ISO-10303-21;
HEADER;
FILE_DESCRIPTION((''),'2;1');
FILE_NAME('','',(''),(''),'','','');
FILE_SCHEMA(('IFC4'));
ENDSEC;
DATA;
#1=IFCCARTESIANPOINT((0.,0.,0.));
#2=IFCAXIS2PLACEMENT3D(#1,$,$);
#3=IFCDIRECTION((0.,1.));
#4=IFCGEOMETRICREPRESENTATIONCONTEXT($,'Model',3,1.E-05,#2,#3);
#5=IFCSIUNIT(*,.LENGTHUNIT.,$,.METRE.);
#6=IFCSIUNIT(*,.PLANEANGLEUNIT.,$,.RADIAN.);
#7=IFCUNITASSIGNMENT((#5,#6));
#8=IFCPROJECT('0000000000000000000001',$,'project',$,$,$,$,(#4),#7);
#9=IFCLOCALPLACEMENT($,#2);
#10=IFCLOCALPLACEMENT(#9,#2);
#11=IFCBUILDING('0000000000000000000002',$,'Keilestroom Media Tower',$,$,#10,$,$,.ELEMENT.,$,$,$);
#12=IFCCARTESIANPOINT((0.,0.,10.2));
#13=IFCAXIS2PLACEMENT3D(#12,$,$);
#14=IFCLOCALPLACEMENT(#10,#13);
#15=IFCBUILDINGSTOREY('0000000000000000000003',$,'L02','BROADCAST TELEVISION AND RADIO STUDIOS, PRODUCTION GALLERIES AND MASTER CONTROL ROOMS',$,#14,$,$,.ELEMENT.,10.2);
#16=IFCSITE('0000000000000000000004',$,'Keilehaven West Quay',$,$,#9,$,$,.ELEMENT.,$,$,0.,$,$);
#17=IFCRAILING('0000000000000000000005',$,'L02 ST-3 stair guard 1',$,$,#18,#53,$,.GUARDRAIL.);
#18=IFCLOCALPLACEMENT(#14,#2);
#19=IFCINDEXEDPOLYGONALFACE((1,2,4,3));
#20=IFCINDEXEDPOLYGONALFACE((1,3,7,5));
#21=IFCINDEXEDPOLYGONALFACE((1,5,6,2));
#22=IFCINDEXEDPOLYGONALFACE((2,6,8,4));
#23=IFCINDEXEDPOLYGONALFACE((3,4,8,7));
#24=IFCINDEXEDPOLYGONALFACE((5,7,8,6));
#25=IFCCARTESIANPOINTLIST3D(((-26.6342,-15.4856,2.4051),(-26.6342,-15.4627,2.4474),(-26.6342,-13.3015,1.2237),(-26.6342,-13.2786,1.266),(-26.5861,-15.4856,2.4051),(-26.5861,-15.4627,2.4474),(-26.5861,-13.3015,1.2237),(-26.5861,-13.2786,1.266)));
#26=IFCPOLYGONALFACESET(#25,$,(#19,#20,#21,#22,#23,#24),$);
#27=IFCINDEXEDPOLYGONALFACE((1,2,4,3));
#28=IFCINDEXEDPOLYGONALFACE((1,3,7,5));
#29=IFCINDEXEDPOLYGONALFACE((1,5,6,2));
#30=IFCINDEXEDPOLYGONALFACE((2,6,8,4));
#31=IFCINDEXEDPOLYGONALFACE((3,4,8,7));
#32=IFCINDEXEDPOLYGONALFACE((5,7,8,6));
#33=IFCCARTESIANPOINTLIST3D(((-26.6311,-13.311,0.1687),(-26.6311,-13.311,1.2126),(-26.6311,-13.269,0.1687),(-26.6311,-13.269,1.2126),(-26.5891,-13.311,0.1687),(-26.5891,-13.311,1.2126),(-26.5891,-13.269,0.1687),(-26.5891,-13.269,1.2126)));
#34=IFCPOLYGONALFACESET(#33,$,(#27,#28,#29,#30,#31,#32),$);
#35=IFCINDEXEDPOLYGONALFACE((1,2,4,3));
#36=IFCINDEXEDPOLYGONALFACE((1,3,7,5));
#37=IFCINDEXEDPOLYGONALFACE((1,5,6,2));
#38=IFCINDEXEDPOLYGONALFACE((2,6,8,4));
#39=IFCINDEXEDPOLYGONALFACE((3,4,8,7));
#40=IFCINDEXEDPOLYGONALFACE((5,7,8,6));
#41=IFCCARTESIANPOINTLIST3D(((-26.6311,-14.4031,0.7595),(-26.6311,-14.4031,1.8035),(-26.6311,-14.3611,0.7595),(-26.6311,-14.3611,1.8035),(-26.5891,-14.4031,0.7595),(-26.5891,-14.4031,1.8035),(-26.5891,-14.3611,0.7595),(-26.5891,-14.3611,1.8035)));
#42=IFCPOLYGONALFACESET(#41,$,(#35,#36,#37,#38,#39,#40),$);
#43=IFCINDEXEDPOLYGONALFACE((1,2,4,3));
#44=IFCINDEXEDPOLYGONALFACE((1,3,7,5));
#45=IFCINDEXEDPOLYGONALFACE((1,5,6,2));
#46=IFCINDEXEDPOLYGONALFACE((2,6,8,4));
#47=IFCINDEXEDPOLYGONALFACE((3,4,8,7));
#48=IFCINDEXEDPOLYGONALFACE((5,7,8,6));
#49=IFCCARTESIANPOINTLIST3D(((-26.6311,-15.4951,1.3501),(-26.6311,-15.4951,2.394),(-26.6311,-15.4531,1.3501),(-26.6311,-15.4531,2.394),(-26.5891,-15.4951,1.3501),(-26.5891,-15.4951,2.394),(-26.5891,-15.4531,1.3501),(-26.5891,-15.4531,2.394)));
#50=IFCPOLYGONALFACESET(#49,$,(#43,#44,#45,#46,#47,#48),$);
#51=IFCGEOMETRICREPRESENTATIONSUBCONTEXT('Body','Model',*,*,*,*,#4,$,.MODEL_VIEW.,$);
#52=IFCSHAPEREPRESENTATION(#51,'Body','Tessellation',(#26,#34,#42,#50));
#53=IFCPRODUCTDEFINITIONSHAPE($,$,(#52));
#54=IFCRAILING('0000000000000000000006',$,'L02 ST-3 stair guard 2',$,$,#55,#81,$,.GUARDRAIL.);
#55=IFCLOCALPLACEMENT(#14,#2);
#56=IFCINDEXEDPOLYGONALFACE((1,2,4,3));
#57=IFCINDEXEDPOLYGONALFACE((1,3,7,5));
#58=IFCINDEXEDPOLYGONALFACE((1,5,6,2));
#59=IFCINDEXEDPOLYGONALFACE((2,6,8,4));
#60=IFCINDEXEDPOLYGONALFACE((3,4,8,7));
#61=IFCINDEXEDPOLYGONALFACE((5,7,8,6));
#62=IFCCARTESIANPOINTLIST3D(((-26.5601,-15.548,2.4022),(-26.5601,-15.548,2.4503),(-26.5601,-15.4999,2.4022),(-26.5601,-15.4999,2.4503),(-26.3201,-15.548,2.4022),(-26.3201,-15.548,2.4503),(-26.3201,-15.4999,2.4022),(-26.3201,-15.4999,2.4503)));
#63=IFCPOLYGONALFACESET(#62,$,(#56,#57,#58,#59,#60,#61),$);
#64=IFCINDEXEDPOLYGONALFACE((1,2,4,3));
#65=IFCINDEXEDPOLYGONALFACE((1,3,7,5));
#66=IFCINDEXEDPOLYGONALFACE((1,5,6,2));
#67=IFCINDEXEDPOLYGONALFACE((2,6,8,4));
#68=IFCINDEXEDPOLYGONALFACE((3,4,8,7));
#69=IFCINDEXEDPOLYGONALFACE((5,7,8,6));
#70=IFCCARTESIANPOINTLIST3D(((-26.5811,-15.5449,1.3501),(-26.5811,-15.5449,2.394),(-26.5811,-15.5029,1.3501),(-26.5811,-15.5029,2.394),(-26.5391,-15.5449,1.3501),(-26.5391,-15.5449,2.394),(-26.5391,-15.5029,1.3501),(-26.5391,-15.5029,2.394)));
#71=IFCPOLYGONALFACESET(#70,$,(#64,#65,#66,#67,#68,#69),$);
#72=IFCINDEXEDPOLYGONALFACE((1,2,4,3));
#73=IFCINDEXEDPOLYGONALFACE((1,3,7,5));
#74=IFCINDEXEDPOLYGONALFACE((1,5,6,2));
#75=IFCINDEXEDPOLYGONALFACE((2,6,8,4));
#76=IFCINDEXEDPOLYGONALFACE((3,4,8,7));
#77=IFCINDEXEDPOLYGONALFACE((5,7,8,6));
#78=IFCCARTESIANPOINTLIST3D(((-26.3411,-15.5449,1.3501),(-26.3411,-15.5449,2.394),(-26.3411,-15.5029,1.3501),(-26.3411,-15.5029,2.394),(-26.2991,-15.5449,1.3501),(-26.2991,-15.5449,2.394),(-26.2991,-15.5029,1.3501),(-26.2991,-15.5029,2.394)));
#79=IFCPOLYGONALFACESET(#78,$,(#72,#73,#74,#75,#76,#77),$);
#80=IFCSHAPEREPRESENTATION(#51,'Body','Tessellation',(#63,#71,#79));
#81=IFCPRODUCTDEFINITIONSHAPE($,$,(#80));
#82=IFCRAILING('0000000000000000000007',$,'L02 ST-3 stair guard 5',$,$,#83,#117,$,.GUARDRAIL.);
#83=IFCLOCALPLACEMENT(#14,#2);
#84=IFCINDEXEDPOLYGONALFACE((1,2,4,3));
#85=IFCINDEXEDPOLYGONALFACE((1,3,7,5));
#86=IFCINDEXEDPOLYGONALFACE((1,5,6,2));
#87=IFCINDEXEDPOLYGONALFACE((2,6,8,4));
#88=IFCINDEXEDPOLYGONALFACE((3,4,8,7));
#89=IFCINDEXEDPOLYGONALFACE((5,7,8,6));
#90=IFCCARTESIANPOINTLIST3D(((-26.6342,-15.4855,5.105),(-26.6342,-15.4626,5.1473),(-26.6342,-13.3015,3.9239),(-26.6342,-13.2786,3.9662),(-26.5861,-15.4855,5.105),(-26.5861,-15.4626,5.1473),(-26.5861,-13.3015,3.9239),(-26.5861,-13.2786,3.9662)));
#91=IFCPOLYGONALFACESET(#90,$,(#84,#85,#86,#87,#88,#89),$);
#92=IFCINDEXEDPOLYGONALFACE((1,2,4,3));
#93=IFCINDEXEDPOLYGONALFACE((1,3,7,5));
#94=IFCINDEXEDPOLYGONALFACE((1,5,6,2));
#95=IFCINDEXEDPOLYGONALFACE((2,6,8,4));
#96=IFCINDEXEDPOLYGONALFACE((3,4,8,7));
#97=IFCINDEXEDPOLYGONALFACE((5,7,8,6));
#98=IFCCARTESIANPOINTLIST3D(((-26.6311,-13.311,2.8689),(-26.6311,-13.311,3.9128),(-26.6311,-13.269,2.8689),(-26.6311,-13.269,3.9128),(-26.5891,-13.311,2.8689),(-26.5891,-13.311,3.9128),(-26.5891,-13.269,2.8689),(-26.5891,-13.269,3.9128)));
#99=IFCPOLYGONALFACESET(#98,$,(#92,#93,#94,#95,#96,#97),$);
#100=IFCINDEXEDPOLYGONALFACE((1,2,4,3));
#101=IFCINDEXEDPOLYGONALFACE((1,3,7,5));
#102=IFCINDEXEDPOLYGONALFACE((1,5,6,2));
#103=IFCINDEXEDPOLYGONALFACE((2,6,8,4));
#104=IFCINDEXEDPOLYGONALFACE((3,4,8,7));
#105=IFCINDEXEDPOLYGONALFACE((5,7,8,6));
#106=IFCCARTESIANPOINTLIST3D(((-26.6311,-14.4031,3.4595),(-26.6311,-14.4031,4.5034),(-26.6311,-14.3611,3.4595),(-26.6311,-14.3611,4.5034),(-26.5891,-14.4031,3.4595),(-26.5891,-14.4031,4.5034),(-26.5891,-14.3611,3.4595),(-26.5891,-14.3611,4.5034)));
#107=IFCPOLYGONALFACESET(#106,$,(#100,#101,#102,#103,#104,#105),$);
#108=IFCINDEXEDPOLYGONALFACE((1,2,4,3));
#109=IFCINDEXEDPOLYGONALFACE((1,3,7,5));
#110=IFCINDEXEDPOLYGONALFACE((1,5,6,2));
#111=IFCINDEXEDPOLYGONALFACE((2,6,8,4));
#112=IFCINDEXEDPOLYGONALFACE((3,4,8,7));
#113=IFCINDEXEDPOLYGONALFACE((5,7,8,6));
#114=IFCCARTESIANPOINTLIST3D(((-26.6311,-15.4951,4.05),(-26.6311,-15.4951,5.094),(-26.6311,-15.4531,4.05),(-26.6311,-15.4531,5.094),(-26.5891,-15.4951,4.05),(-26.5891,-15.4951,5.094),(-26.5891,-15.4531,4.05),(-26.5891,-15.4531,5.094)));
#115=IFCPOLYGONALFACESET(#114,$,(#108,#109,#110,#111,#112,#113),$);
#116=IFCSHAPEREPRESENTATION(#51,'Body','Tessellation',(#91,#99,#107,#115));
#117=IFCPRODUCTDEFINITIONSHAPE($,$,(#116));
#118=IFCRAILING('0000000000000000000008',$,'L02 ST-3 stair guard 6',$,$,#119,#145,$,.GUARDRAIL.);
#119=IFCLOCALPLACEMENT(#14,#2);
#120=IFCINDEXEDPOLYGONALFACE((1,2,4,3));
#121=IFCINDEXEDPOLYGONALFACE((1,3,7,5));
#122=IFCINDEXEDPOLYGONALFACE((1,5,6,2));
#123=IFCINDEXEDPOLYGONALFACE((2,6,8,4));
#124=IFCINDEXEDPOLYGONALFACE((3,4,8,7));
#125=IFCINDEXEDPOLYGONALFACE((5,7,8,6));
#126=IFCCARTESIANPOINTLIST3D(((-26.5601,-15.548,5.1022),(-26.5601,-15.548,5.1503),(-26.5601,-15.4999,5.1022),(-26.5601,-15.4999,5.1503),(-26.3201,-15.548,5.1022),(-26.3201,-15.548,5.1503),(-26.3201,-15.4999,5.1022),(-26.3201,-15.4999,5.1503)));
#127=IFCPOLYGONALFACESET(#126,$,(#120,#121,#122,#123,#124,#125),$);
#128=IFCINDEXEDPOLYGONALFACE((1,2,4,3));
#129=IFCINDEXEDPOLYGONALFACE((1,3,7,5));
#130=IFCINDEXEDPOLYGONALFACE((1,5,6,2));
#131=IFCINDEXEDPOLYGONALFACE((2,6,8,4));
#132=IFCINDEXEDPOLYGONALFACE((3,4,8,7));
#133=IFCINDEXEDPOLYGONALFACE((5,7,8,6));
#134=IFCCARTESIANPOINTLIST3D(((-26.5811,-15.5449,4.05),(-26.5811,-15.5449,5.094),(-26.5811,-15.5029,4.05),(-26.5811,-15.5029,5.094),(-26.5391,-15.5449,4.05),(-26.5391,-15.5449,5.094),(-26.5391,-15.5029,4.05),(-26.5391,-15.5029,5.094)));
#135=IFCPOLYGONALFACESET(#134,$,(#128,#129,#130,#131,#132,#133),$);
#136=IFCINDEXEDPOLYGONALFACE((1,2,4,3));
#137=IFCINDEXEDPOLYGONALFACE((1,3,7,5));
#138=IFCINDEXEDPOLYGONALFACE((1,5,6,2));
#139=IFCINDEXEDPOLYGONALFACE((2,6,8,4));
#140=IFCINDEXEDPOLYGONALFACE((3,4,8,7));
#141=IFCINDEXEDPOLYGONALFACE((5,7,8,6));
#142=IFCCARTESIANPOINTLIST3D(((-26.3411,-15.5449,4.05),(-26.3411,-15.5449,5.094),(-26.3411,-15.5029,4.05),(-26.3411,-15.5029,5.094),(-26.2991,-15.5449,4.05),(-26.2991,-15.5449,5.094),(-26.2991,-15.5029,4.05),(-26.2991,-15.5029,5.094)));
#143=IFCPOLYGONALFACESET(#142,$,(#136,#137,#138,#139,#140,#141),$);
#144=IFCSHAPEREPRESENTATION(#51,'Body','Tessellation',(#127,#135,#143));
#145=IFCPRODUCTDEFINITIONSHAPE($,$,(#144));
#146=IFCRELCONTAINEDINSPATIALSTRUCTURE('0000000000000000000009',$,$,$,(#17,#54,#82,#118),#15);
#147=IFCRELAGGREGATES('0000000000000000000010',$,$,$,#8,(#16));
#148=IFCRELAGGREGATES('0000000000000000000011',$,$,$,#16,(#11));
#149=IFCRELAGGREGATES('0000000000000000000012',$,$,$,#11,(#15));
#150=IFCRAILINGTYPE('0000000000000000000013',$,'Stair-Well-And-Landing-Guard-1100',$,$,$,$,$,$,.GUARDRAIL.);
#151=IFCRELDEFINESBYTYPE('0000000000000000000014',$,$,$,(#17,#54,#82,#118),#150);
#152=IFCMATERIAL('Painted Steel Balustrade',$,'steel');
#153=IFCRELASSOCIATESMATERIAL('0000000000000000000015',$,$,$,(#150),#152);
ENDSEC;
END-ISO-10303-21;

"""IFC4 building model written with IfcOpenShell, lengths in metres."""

from ifc_helpers import new_model, si_unit, direction, frame, origin, origin_2d, place, context, subcontext, project, spatial, rectangle, extrude, material, type_object, element, save


model = new_model("IFC4")

# Units and contexts
model_context = context("Model", 3, precision=1e-05, world=origin(), true_north=direction((0.0, 1.0)))
body_context = subcontext(model_context, "Body", "Model", "MODEL_VIEW")
ifc_project = project(units=[si_unit("LENGTHUNIT", "METRE"), si_unit("PLANEANGLEUNIT", "RADIAN")], contexts=[model_context])

# Site, building, storey
site_placement = place(None, origin())
site = spatial("IfcSite", under=ifc_project, at=site_placement, Name="Keilehaven West Quay", CompositionType="ELEMENT", RefElevation=0.0)
building_placement = place(site_placement, origin())
building = spatial("IfcBuilding", under=site, at=building_placement, Name="Keilestroom Media Tower", CompositionType="ELEMENT")
storey_placement = place(building_placement, frame((0.0, 0.0, 10.2)))
storey = spatial("IfcBuildingStorey", under=building, at=storey_placement, Name="L02", Description="BROADCAST TELEVISION AND RADIO STUDIOS, PRODUCTION GALLERIES AND MASTER CONTROL ROOMS", CompositionType="ELEMENT", Elevation=10.2)

# Railings
ifc_material_1 = material(Name="Painted Steel Balustrade", Category="steel")
railing_type_1 = type_object("IfcRailingType", Name="Stair-Well-And-Landing-Guard-1100", PredefinedType="GUARDRAIL", material=ifc_material_1)
railing_1_placement = place(storey_placement, frame((-26.6101, -13.29, 0.1687)))
element("IfcRailing", 1, at=railing_1_placement, inside=storey, type_object=railing_type_1, Name="L02 ST-3 stair guard 1", PredefinedType="GUARDRAIL", context=body_context, shape_type="SweptSolid", body=[
    extrude(rectangle(XDim=0.0481, YDim=0.0481, at=origin_2d()), frame((0.0, 0.0, 1.0762), z_axis=(0.0, -0.87957, 0.47577), x_axis=(1.0, 0.0, 0.0)), (0.0, 0.0, 1.0), 2.4832),
    extrude(rectangle(XDim=0.042, YDim=0.042, at=origin_2d()), origin(), (0.0, 0.0, 1.0), 1.0439),
    extrude(rectangle(XDim=0.042, YDim=0.042, at=origin_2d()), frame((0.0, -1.092, 0.5908)), (0.0, 0.0, 1.0), 1.0439),
    extrude(rectangle(XDim=0.042, YDim=0.042, at=origin_2d()), frame((0.0, -2.1841, 1.1814)), (0.0, 0.0, 1.0), 1.0439),
])
railing_2_placement = place(storey_placement, frame((-26.5601, -15.5239, 1.3501)))
element("IfcRailing", 2, at=railing_2_placement, inside=storey, type_object=railing_type_1, Name="L02 ST-3 stair guard 2", PredefinedType="GUARDRAIL", context=body_context, shape_type="SweptSolid", body=[
    extrude(rectangle(XDim=0.0481, YDim=0.0481, at=origin_2d()), frame((0.0, 0.0, 1.0762), z_axis=(1.0, 0.0, 0.0), x_axis=(0.0, 1.0, 0.0)), (0.0, 0.0, 1.0), 0.24),
    extrude(rectangle(XDim=0.042, YDim=0.042, at=origin_2d()), origin(), (0.0, 0.0, 1.0), 1.0439),
    extrude(rectangle(XDim=0.042, YDim=0.042, at=origin_2d()), frame((0.24, 0.0, 0.0)), (0.0, 0.0, 1.0), 1.0439),
])
railing_3_placement = place(storey_placement, frame((-26.6101, -13.29, 2.8689)))
element("IfcRailing", 3, at=railing_3_placement, inside=storey, type_object=railing_type_1, Name="L02 ST-3 stair guard 5", PredefinedType="GUARDRAIL", context=body_context, shape_type="SweptSolid", body=[
    extrude(rectangle(XDim=0.0481, YDim=0.0481, at=origin_2d()), frame((0.0, 0.0, 1.0762), z_axis=(0.0, -0.879611, 0.475694), x_axis=(1.0, 0.0, 0.0)), (0.0, 0.0, 1.0), 2.4829),
    extrude(rectangle(XDim=0.042, YDim=0.042, at=origin_2d()), origin(), (0.0, 0.0, 1.0), 1.0439),
    extrude(rectangle(XDim=0.042, YDim=0.042, at=origin_2d()), frame((0.0, -1.092, 0.5906)), (0.0, 0.0, 1.0), 1.0439),
    extrude(rectangle(XDim=0.042, YDim=0.042, at=origin_2d()), frame((0.0, -2.1841, 1.1812)), (0.0, 0.0, 1.0), 1.0439),
])
railing_4_placement = place(storey_placement, frame((-26.5601, -15.5239, 4.05)))
element("IfcRailing", 4, at=railing_4_placement, inside=storey, type_object=railing_type_1, Name="L02 ST-3 stair guard 6", PredefinedType="GUARDRAIL", context=body_context, shape_type="SweptSolid", body=[
    extrude(rectangle(XDim=0.0481, YDim=0.0481, at=origin_2d()), frame((0.0, 0.0, 1.0762), z_axis=(1.0, 0.0, 0.0), x_axis=(0.0, 1.0, 0.0)), (0.0, 0.0, 1.0), 0.24),
    extrude(rectangle(XDim=0.042, YDim=0.042, at=origin_2d()), origin(), (0.0, 0.0, 1.0), 1.0439),
    extrude(rectangle(XDim=0.042, YDim=0.042, at=origin_2d()), frame((0.24, 0.0, 0.0)), (0.0, 0.0, 1.0), 1.0439),
])

save(model, "model.ifc")
